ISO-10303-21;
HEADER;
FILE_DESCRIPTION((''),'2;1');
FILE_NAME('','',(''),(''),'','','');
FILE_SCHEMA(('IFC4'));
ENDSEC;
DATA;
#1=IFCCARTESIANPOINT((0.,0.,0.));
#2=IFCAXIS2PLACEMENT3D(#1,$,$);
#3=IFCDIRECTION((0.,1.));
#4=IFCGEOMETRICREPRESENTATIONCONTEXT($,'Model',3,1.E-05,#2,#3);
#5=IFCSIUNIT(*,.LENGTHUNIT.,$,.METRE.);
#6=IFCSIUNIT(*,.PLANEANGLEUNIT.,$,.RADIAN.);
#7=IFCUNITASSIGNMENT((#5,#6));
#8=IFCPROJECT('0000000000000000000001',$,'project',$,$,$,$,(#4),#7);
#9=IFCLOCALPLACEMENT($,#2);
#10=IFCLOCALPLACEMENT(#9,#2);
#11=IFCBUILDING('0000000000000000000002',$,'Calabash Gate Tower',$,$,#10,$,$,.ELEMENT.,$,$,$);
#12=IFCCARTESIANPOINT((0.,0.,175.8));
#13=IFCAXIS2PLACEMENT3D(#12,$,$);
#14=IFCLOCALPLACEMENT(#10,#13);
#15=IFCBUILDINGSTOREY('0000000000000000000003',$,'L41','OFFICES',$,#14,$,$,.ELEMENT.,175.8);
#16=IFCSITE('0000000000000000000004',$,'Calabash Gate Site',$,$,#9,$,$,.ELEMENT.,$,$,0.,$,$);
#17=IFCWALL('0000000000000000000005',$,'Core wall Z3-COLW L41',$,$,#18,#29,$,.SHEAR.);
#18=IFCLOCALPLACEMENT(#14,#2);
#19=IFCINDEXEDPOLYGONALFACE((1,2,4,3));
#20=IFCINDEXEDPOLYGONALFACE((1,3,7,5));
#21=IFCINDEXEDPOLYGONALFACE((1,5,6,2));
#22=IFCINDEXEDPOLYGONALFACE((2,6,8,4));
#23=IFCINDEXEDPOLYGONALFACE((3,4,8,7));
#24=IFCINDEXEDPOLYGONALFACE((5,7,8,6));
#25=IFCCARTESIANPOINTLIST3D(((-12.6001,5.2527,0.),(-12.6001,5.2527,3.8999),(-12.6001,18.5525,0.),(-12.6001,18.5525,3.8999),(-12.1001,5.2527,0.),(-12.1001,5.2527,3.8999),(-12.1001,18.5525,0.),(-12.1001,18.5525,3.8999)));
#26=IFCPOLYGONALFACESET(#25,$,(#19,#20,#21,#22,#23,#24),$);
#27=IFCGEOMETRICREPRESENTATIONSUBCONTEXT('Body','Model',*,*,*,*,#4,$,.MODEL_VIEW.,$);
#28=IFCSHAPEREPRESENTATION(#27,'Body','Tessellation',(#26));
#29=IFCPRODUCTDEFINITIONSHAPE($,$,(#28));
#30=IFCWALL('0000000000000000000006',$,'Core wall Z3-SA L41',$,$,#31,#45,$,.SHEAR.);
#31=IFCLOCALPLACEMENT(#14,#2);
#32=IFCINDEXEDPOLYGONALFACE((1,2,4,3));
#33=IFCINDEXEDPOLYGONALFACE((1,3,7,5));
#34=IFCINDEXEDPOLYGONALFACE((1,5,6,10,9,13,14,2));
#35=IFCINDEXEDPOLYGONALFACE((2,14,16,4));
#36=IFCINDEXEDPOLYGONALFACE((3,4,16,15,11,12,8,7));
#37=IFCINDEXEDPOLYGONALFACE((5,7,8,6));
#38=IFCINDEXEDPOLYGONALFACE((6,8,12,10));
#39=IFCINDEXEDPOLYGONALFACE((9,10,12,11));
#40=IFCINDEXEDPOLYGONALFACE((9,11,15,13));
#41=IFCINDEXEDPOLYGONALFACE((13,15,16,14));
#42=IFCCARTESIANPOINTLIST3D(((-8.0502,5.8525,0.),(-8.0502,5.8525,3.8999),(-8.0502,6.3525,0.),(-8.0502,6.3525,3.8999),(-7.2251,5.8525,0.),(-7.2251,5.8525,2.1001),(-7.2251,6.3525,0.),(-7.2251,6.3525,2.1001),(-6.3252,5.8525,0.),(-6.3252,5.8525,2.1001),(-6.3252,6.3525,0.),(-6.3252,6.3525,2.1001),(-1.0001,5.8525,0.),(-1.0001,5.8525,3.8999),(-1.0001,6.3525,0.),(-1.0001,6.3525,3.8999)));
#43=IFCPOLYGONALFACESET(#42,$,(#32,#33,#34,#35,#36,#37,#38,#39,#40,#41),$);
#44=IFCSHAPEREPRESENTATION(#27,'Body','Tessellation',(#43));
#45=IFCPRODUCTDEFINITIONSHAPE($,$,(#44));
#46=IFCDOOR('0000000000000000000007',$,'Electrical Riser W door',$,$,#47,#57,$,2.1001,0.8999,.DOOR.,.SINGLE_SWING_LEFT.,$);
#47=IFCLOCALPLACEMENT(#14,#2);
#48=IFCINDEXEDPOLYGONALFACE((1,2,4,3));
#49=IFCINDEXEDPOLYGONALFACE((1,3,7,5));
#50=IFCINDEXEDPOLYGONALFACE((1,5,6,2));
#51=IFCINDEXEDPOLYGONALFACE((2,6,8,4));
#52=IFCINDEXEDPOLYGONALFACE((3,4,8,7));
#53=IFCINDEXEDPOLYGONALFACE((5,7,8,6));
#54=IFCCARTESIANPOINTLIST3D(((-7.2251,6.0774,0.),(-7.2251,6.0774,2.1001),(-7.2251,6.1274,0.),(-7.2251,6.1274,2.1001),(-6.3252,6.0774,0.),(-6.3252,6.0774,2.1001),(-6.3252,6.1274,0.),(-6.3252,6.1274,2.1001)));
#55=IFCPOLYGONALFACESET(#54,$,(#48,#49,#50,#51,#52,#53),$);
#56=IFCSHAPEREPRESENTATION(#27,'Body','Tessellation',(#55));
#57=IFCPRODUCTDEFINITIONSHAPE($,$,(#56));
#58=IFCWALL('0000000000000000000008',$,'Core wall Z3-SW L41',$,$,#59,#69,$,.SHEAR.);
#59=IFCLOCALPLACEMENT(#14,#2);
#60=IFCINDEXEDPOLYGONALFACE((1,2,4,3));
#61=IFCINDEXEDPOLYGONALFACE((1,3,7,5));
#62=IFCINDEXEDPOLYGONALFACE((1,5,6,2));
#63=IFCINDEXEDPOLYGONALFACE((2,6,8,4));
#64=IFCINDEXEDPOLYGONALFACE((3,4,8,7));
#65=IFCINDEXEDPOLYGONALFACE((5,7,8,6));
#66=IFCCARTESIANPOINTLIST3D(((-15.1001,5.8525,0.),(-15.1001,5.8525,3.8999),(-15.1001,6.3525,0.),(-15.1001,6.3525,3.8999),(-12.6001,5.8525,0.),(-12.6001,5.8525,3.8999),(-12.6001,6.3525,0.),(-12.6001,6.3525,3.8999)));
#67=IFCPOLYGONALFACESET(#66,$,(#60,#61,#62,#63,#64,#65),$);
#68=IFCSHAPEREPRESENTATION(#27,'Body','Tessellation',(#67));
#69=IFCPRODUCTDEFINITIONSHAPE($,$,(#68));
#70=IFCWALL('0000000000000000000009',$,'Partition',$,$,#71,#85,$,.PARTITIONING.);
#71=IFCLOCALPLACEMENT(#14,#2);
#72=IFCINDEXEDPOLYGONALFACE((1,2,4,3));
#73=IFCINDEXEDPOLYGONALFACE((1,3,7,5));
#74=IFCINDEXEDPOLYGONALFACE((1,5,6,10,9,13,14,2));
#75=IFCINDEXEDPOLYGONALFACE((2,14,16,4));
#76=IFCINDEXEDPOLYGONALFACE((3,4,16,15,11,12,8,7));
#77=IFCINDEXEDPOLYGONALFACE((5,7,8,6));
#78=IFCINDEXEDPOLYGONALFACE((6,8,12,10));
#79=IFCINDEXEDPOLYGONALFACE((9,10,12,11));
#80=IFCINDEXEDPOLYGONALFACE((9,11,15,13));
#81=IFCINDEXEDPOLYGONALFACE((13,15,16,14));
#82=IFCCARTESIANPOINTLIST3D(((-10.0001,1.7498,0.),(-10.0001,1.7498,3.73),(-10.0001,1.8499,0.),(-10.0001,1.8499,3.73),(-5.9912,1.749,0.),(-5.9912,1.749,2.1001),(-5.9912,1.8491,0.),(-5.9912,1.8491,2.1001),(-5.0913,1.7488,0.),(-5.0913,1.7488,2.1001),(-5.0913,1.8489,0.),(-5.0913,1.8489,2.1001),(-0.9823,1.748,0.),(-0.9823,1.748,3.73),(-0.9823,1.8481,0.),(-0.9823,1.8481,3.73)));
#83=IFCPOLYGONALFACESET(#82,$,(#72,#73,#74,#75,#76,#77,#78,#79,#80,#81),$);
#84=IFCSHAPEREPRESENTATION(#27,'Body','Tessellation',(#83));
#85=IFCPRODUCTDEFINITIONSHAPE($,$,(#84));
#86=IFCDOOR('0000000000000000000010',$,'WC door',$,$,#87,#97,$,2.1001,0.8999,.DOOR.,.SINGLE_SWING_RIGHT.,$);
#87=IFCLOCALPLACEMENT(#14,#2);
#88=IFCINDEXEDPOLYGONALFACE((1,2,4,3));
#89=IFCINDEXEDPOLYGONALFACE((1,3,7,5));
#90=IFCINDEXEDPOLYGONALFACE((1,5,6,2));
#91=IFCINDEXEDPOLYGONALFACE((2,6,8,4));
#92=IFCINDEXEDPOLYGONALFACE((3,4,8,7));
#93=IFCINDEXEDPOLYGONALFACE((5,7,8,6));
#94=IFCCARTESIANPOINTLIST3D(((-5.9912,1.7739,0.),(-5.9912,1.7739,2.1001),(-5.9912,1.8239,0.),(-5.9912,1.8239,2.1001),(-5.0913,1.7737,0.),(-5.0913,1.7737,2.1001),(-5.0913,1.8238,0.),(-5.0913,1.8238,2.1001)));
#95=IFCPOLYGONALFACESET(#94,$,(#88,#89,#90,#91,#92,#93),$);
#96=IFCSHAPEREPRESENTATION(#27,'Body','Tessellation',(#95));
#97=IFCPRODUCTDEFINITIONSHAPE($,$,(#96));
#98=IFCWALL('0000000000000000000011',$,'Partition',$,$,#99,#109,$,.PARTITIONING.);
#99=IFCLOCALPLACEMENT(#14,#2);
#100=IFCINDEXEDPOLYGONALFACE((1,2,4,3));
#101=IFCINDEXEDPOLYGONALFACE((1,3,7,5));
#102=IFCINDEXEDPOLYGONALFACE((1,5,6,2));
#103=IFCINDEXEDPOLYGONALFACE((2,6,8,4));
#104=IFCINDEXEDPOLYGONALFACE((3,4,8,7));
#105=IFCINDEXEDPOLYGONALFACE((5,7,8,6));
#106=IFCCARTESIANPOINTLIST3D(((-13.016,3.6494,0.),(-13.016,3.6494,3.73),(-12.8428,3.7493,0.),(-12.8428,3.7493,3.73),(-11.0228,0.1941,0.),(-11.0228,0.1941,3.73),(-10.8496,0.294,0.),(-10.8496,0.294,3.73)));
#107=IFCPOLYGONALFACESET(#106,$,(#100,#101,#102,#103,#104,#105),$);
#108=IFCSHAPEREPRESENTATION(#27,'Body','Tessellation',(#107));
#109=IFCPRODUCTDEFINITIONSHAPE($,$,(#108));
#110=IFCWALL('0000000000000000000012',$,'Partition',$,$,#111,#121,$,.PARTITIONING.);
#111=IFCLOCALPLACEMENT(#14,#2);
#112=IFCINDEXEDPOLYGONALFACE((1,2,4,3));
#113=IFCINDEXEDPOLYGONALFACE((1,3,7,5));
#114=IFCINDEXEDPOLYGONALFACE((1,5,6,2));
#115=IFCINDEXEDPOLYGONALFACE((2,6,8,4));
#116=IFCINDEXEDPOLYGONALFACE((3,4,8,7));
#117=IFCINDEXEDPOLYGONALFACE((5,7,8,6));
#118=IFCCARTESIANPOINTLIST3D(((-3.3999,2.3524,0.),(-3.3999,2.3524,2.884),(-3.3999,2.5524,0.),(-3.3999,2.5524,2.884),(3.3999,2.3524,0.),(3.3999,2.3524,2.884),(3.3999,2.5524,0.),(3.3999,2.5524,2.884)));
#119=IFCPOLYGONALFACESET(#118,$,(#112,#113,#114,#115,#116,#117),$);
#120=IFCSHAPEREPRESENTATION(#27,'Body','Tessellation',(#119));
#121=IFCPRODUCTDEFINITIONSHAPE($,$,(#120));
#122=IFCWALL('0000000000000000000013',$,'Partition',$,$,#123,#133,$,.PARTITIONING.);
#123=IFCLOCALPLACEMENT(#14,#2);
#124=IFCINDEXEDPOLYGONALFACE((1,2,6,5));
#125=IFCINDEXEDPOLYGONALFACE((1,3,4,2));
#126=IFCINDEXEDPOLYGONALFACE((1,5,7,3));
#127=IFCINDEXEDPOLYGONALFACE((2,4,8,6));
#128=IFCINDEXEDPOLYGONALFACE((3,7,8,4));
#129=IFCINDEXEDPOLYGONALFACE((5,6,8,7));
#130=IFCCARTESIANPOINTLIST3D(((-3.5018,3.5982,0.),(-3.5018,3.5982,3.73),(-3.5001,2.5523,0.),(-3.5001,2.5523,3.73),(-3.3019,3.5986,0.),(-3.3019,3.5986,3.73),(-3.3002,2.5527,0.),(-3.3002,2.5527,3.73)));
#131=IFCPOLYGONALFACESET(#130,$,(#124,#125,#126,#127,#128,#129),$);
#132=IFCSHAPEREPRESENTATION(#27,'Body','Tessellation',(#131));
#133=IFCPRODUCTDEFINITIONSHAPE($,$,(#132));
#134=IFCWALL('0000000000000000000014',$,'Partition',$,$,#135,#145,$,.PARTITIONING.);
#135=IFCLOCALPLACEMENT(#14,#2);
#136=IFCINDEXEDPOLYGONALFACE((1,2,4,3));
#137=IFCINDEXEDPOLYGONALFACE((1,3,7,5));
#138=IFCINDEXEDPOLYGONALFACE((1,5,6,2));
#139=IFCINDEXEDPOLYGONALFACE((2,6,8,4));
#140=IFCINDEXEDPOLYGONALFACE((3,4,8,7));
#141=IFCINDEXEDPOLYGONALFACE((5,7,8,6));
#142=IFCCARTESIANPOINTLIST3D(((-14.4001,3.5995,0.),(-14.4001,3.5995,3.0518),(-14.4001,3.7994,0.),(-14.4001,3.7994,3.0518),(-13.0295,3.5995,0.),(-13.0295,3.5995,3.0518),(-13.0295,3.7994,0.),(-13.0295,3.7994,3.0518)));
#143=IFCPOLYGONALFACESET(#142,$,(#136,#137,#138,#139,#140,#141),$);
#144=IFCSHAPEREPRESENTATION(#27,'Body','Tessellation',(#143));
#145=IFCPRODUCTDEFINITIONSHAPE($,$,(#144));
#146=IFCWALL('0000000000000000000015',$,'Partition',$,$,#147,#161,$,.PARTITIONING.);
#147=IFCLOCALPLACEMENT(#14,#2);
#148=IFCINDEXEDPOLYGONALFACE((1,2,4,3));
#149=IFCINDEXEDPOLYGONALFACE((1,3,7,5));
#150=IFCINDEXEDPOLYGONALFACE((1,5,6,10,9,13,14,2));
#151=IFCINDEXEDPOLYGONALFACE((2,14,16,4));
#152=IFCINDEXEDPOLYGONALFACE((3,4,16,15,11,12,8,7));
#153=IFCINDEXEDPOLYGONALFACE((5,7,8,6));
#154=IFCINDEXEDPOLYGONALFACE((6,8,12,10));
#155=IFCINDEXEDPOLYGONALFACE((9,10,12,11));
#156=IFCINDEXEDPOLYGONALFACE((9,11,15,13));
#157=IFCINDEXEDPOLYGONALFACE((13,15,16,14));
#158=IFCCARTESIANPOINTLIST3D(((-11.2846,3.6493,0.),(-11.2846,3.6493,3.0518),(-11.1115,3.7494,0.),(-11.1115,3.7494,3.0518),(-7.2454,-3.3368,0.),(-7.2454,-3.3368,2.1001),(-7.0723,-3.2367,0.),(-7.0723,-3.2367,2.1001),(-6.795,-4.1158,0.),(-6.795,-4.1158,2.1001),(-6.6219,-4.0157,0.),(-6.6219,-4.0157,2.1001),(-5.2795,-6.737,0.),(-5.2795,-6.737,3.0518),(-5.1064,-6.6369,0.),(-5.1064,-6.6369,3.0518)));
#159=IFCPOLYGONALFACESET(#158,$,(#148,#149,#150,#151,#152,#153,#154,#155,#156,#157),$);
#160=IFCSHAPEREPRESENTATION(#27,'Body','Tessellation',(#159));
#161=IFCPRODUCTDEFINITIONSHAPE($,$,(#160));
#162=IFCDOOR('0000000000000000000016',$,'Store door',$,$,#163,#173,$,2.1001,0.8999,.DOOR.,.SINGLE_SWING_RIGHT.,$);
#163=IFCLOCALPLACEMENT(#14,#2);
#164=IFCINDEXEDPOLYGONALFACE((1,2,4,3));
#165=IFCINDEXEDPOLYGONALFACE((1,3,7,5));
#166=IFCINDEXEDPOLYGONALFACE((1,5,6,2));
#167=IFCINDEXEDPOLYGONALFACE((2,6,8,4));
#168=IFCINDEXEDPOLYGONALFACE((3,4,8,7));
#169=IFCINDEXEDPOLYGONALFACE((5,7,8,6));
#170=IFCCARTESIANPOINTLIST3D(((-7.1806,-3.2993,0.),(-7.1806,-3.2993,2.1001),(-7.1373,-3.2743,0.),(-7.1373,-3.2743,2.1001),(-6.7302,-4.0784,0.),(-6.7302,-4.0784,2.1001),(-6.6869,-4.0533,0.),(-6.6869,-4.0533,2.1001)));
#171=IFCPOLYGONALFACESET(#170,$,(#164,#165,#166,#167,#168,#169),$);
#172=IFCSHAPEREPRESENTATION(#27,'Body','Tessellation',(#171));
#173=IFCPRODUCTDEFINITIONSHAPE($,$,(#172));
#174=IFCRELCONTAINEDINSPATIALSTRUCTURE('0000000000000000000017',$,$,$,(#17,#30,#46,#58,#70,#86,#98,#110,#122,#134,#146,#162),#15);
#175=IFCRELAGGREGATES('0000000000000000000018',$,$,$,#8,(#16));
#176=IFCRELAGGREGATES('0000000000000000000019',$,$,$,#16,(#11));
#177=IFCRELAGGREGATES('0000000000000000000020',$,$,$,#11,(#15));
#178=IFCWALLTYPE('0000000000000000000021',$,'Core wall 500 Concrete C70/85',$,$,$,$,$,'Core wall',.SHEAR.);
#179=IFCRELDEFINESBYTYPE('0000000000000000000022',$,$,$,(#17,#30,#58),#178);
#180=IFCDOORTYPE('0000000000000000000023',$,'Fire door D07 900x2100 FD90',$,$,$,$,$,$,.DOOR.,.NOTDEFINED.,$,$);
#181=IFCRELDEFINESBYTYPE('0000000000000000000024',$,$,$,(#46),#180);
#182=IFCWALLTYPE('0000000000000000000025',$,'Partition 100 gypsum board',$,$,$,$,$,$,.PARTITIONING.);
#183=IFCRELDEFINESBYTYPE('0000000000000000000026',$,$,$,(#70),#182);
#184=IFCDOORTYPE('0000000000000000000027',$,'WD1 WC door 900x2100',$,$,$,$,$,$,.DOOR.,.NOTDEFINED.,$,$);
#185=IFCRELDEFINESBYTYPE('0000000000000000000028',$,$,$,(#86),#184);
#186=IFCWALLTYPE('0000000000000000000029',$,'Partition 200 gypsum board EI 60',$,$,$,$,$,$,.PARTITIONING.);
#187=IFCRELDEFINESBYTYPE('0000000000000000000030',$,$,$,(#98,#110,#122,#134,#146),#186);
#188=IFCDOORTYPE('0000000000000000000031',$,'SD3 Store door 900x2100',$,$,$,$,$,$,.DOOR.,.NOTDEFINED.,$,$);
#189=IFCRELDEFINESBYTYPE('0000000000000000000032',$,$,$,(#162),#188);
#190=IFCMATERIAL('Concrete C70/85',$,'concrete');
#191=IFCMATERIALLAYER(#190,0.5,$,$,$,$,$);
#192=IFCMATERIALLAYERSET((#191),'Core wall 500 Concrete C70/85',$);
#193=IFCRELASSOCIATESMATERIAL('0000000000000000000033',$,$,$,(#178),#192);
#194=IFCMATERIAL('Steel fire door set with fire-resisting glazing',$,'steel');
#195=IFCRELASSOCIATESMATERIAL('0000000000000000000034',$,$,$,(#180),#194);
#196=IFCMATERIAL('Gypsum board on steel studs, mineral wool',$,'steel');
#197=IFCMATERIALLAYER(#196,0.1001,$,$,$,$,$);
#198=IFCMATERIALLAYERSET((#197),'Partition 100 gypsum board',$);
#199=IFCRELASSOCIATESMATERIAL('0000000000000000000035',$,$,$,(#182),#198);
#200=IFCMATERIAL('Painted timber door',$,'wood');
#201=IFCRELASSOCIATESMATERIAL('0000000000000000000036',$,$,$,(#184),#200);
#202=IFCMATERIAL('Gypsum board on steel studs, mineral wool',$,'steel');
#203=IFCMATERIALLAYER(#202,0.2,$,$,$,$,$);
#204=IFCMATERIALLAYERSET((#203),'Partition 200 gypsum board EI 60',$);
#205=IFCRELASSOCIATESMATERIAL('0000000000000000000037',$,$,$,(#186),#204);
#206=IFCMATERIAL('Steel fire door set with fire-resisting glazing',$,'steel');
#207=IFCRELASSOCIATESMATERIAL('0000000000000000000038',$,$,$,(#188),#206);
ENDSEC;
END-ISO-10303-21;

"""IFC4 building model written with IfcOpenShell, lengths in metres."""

from ifc_helpers import new_model, si_unit, direction, frame, frame_2d, origin, place, context, subcontext, project, spatial, rectangle, extrude, material, layer, layer_set, type_object, element, fill, save


model = new_model("IFC4")

# Units and contexts
model_context = context("Model", 3, precision=1e-05, world=origin(), true_north=direction((0.0, 1.0)))
body_context = subcontext(model_context, "Body", "Model", "MODEL_VIEW")
ifc_project = project(units=[si_unit("LENGTHUNIT", "METRE"), si_unit("PLANEANGLEUNIT", "RADIAN")], contexts=[model_context])

# Site, building, storey
site_placement = place(None, origin())
site = spatial("IfcSite", under=ifc_project, at=site_placement, Name="Calabash Gate Site", CompositionType="ELEMENT", RefElevation=0.0)
building_placement = place(site_placement, origin())
building = spatial("IfcBuilding", under=site, at=building_placement, Name="Calabash Gate Tower", CompositionType="ELEMENT")
storey_placement = place(building_placement, frame((0.0, 0.0, 175.8)))
storey = spatial("IfcBuildingStorey", under=building, at=storey_placement, Name="L41", Description="OFFICES", CompositionType="ELEMENT", Elevation=175.8)

# Wall
ifc_material_1 = material(Name="Concrete C70/85", Category="concrete")
ifc_layer_1 = layer(ifc_material_1, 0.5)
ifc_layer_set_1 = layer_set([ifc_layer_1], Name="Core wall 500 Concrete C70/85")
wall_type_1 = type_object("IfcWallType", Name="Core wall 500 Concrete C70/85", ElementType="Core wall", PredefinedType="SHEAR", material=ifc_layer_set_1)
wall_1_placement = place(storey_placement, frame((-12.3501, 5.2527, 0.0), z_axis=(0.0, 0.0, 1.0), x_axis=(0.0, 1.0, 0.0)))
element("IfcWall", 1, at=wall_1_placement, inside=storey, type_object=wall_type_1, Name="Core wall Z3-COLW L41", PredefinedType="SHEAR", context=body_context, shape_type="SweptSolid", body=[
    extrude(rectangle(XDim=13.2998, YDim=0.5, at=frame_2d((6.6499, 0.0))), origin(), (0.0, 0.0, 1.0), 3.8999),
])

# Wall, opening, door
wall_2_placement = place(storey_placement, frame((-8.05, 6.1025, 0.0), z_axis=(0.0, 0.0, 1.0), x_axis=(1.0, 0.0, 0.0)))
wall_2 = element("IfcWall", 2, at=wall_2_placement, inside=storey, type_object=wall_type_1, Name="Core wall Z3-SA L41", PredefinedType="SHEAR", context=body_context, shape_type="SweptSolid", body=[
    extrude(rectangle(XDim=7.05, YDim=0.5, at=frame_2d((3.5249, 0.0))), origin(), (0.0, 0.0, 1.0), 3.8999),
])
opening_1_placement = place(wall_2_placement, frame((0.825, 0.0, 0.0)))
opening_1 = element("IfcOpeningElement", 3, at=opening_1_placement, cuts=wall_2, PredefinedType="OPENING", context=body_context, shape_type="SweptSolid", body=[
    extrude(rectangle(XDim=0.8999, YDim=2.1001, at=frame_2d((0.45, 1.05))), frame((0.0, 0.26, 0.0), z_axis=(0.0, -1.0, 0.0), x_axis=(1.0, 0.0, 0.0)), (0.0, 0.0, 1.0), 0.52),
])
ifc_material_2 = material(Name="Steel fire door set with fire-resisting glazing", Category="steel")
door_type_1 = type_object("IfcDoorType", Name="Fire door D07 900x2100 FD90", OperationType="NOTDEFINED", PredefinedType="DOOR", material=ifc_material_2)
door_1_placement = place(opening_1_placement, origin())
door_1 = element("IfcDoor", 4, at=door_1_placement, inside=storey, type_object=door_type_1, Name="Electrical Riser W door", OperationType="SINGLE_SWING_LEFT", OverallHeight=2.1001, OverallWidth=0.8999, PredefinedType="DOOR", context=body_context, shape_type="SweptSolid", body=[
    extrude(rectangle(XDim=0.8999, YDim=2.1001, at=frame_2d((0.45, 1.05))), frame((0.0, 0.0249, 0.0), z_axis=(0.0, -1.0, 0.0), x_axis=(1.0, 0.0, 0.0)), (0.0, 0.0, 1.0), 0.05),
])
fill(opening_1, door_1)

# Wall
wall_3_placement = place(storey_placement, frame((-12.6001, 6.1025, 0.0), z_axis=(0.0, 0.0, 1.0), x_axis=(-1.0, 0.0, 0.0)))
element("IfcWall", 5, at=wall_3_placement, inside=storey, type_object=wall_type_1, Name="Core wall Z3-SW L41", PredefinedType="SHEAR", context=body_context, shape_type="SweptSolid", body=[
    extrude(rectangle(XDim=2.5, YDim=0.5, at=frame_2d((1.25, 0.0))), origin(), (0.0, 0.0, 1.0), 3.8999),
])

# Wall, opening, door
ifc_material_3 = material(Name="Gypsum board on steel studs, mineral wool", Category="steel")
ifc_layer_2 = layer(ifc_material_3, 0.1001)
ifc_layer_set_2 = layer_set([ifc_layer_2], Name="Partition 100 gypsum board")
wall_type_2 = type_object("IfcWallType", Name="Partition 100 gypsum board", PredefinedType="PARTITIONING", material=ifc_layer_set_2)
wall_4_placement = place(storey_placement, frame((-10.0, 1.7998, 0.0), z_axis=(0.0, 0.0, 1.0), x_axis=(1.0, -0.00019, 0.0)))
wall_4 = element("IfcWall", 6, at=wall_4_placement, inside=storey, type_object=wall_type_2, Name="Partition", PredefinedType="PARTITIONING", context=body_context, shape_type="SweptSolid", body=[
    extrude(rectangle(XDim=9.0178, YDim=0.1001, at=frame_2d((4.5088, 0.0))), origin(), (0.0, 0.0, 1.0), 3.73),
])
opening_2_placement = place(wall_4_placement, frame((4.0088, 0.0, 0.0)))
opening_2 = element("IfcOpeningElement", 7, at=opening_2_placement, cuts=wall_4, PredefinedType="OPENING", context=body_context, shape_type="SweptSolid", body=[
    extrude(rectangle(XDim=0.8999, YDim=2.1001, at=frame_2d((0.45, 1.05))), frame((0.0, 0.0601, 0.0), z_axis=(0.0, -1.0, 0.0), x_axis=(1.0, 0.0, 0.0)), (0.0, 0.0, 1.0), 0.1201),
])
ifc_material_4 = material(Name="Painted timber door", Category="wood")
door_type_2 = type_object("IfcDoorType", Name="WD1 WC door 900x2100", OperationType="NOTDEFINED", PredefinedType="DOOR", material=ifc_material_4)
door_2_placement = place(opening_2_placement, origin())
door_2 = element("IfcDoor", 8, at=door_2_placement, inside=storey, type_object=door_type_2, Name="WC door", OperationType="SINGLE_SWING_RIGHT", OverallHeight=2.1001, OverallWidth=0.8999, PredefinedType="DOOR", context=body_context, shape_type="SweptSolid", body=[
    extrude(rectangle(XDim=0.8999, YDim=2.1001, at=frame_2d((0.45, 1.05))), frame((0.0, 0.0249, 0.0), z_axis=(0.0, -1.0, 0.0), x_axis=(1.0, 0.0, 0.0)), (0.0, 0.0, 1.0), 0.05),
])
fill(opening_2, door_2)

# Walls
ifc_material_5 = material(Name="Gypsum board on steel studs, mineral wool", Category="steel")
ifc_layer_3 = layer(ifc_material_5, 0.2)
ifc_layer_set_3 = layer_set([ifc_layer_3], Name="Partition 200 gypsum board EI 60")
wall_type_3 = type_object("IfcWallType", Name="Partition 200 gypsum board EI 60", PredefinedType="PARTITIONING", material=ifc_layer_set_3)
wall_5_placement = place(storey_placement, frame((-12.9294, 3.6995, 0.0), z_axis=(0.0, 0.0, 1.0), x_axis=(0.499668, -0.866217, 0.0)))
element("IfcWall", 9, at=wall_5_placement, inside=storey, type_object=wall_type_3, Name="Partition", PredefinedType="PARTITIONING", context=body_context, shape_type="SweptSolid", body=[
    extrude(rectangle(XDim=3.989, YDim=0.2, at=frame_2d((1.9946, 0.0))), origin(), (0.0, 0.0, 1.0), 3.73),
])
wall_6_placement = place(storey_placement, frame((-3.3999, 2.4524, 0.0), z_axis=(0.0, 0.0, 1.0), x_axis=(1.0, 0.0, 0.0)))
element("IfcWall", 10, at=wall_6_placement, inside=storey, type_object=wall_type_3, Name="Partition", PredefinedType="PARTITIONING", context=body_context, shape_type="SweptSolid", body=[
    extrude(rectangle(XDim=6.7998, YDim=0.2, at=frame_2d((3.3999, 0.0))), origin(), (0.0, 0.0, 1.0), 2.884),
])
wall_7_placement = place(storey_placement, frame((-3.4019, 3.5984, 0.0), z_axis=(0.0, 0.0, 1.0), x_axis=(0.001634, -0.999999, 0.0)))
element("IfcWall", 11, at=wall_7_placement, inside=storey, type_object=wall_type_3, Name="Partition", PredefinedType="PARTITIONING", context=body_context, shape_type="SweptSolid", body=[
    extrude(rectangle(XDim=1.0459, YDim=0.2, at=frame_2d((0.5229, 0.0))), origin(), (0.0, 0.0, 1.0), 3.73),
])
wall_8_placement = place(storey_placement, frame((-14.4001, 3.6995, 0.0), z_axis=(0.0, 0.0, 1.0), x_axis=(1.0, 0.0, 0.0)))
element("IfcWall", 12, at=wall_8_placement, inside=storey, type_object=wall_type_3, Name="Partition", PredefinedType="PARTITIONING", context=body_context, shape_type="SweptSolid", body=[
    extrude(rectangle(XDim=1.3706, YDim=0.2, at=frame_2d((0.6853, 0.0))), origin(), (0.0, 0.0, 1.0), 3.0518),
])

# Wall, opening, door
wall_9_placement = place(storey_placement, frame((-11.198, 3.6992, 0.0), z_axis=(0.0, 0.0, 1.0), x_axis=(0.50054, -0.865714, 0.0)))
wall_9 = element("IfcWall", 13, at=wall_9_placement, inside=storey, type_object=wall_type_3, Name="Partition", PredefinedType="PARTITIONING", context=body_context, shape_type="SweptSolid", body=[
    extrude(rectangle(XDim=11.9973, YDim=0.2, at=frame_2d((5.9985, 0.0))), origin(), (0.0, 0.0, 1.0), 3.0518),
])
opening_3_placement = place(wall_9_placement, frame((8.0696, 0.0, 0.0)))
opening_3 = element("IfcOpeningElement", 14, at=opening_3_placement, cuts=wall_9, PredefinedType="OPENING", context=body_context, shape_type="SweptSolid", body=[
    extrude(rectangle(XDim=0.8999, YDim=2.1001, at=frame_2d((0.45, 1.05))), frame((0.0, 0.1099, 0.0), z_axis=(0.0, -1.0, 0.0), x_axis=(1.0, 0.0, 0.0)), (0.0, 0.0, 1.0), 0.22),
])
ifc_material_6 = material(Name="Steel fire door set with fire-resisting glazing", Category="steel")
door_type_3 = type_object("IfcDoorType", Name="SD3 Store door 900x2100", OperationType="NOTDEFINED", PredefinedType="DOOR", material=ifc_material_6)
door_3_placement = place(opening_3_placement, origin())
door_3 = element("IfcDoor", 15, at=door_3_placement, inside=storey, type_object=door_type_3, Name="Store door", OperationType="SINGLE_SWING_RIGHT", OverallHeight=2.1001, OverallWidth=0.8999, PredefinedType="DOOR", context=body_context, shape_type="SweptSolid", body=[
    extrude(rectangle(XDim=0.8999, YDim=2.1001, at=frame_2d((0.45, 1.05))), frame((0.0, 0.0249, 0.0), z_axis=(0.0, -1.0, 0.0), x_axis=(1.0, 0.0, 0.0)), (0.0, 0.0, 1.0), 0.05),
])
fill(opening_3, door_3)

save(model, "model.ifc")
